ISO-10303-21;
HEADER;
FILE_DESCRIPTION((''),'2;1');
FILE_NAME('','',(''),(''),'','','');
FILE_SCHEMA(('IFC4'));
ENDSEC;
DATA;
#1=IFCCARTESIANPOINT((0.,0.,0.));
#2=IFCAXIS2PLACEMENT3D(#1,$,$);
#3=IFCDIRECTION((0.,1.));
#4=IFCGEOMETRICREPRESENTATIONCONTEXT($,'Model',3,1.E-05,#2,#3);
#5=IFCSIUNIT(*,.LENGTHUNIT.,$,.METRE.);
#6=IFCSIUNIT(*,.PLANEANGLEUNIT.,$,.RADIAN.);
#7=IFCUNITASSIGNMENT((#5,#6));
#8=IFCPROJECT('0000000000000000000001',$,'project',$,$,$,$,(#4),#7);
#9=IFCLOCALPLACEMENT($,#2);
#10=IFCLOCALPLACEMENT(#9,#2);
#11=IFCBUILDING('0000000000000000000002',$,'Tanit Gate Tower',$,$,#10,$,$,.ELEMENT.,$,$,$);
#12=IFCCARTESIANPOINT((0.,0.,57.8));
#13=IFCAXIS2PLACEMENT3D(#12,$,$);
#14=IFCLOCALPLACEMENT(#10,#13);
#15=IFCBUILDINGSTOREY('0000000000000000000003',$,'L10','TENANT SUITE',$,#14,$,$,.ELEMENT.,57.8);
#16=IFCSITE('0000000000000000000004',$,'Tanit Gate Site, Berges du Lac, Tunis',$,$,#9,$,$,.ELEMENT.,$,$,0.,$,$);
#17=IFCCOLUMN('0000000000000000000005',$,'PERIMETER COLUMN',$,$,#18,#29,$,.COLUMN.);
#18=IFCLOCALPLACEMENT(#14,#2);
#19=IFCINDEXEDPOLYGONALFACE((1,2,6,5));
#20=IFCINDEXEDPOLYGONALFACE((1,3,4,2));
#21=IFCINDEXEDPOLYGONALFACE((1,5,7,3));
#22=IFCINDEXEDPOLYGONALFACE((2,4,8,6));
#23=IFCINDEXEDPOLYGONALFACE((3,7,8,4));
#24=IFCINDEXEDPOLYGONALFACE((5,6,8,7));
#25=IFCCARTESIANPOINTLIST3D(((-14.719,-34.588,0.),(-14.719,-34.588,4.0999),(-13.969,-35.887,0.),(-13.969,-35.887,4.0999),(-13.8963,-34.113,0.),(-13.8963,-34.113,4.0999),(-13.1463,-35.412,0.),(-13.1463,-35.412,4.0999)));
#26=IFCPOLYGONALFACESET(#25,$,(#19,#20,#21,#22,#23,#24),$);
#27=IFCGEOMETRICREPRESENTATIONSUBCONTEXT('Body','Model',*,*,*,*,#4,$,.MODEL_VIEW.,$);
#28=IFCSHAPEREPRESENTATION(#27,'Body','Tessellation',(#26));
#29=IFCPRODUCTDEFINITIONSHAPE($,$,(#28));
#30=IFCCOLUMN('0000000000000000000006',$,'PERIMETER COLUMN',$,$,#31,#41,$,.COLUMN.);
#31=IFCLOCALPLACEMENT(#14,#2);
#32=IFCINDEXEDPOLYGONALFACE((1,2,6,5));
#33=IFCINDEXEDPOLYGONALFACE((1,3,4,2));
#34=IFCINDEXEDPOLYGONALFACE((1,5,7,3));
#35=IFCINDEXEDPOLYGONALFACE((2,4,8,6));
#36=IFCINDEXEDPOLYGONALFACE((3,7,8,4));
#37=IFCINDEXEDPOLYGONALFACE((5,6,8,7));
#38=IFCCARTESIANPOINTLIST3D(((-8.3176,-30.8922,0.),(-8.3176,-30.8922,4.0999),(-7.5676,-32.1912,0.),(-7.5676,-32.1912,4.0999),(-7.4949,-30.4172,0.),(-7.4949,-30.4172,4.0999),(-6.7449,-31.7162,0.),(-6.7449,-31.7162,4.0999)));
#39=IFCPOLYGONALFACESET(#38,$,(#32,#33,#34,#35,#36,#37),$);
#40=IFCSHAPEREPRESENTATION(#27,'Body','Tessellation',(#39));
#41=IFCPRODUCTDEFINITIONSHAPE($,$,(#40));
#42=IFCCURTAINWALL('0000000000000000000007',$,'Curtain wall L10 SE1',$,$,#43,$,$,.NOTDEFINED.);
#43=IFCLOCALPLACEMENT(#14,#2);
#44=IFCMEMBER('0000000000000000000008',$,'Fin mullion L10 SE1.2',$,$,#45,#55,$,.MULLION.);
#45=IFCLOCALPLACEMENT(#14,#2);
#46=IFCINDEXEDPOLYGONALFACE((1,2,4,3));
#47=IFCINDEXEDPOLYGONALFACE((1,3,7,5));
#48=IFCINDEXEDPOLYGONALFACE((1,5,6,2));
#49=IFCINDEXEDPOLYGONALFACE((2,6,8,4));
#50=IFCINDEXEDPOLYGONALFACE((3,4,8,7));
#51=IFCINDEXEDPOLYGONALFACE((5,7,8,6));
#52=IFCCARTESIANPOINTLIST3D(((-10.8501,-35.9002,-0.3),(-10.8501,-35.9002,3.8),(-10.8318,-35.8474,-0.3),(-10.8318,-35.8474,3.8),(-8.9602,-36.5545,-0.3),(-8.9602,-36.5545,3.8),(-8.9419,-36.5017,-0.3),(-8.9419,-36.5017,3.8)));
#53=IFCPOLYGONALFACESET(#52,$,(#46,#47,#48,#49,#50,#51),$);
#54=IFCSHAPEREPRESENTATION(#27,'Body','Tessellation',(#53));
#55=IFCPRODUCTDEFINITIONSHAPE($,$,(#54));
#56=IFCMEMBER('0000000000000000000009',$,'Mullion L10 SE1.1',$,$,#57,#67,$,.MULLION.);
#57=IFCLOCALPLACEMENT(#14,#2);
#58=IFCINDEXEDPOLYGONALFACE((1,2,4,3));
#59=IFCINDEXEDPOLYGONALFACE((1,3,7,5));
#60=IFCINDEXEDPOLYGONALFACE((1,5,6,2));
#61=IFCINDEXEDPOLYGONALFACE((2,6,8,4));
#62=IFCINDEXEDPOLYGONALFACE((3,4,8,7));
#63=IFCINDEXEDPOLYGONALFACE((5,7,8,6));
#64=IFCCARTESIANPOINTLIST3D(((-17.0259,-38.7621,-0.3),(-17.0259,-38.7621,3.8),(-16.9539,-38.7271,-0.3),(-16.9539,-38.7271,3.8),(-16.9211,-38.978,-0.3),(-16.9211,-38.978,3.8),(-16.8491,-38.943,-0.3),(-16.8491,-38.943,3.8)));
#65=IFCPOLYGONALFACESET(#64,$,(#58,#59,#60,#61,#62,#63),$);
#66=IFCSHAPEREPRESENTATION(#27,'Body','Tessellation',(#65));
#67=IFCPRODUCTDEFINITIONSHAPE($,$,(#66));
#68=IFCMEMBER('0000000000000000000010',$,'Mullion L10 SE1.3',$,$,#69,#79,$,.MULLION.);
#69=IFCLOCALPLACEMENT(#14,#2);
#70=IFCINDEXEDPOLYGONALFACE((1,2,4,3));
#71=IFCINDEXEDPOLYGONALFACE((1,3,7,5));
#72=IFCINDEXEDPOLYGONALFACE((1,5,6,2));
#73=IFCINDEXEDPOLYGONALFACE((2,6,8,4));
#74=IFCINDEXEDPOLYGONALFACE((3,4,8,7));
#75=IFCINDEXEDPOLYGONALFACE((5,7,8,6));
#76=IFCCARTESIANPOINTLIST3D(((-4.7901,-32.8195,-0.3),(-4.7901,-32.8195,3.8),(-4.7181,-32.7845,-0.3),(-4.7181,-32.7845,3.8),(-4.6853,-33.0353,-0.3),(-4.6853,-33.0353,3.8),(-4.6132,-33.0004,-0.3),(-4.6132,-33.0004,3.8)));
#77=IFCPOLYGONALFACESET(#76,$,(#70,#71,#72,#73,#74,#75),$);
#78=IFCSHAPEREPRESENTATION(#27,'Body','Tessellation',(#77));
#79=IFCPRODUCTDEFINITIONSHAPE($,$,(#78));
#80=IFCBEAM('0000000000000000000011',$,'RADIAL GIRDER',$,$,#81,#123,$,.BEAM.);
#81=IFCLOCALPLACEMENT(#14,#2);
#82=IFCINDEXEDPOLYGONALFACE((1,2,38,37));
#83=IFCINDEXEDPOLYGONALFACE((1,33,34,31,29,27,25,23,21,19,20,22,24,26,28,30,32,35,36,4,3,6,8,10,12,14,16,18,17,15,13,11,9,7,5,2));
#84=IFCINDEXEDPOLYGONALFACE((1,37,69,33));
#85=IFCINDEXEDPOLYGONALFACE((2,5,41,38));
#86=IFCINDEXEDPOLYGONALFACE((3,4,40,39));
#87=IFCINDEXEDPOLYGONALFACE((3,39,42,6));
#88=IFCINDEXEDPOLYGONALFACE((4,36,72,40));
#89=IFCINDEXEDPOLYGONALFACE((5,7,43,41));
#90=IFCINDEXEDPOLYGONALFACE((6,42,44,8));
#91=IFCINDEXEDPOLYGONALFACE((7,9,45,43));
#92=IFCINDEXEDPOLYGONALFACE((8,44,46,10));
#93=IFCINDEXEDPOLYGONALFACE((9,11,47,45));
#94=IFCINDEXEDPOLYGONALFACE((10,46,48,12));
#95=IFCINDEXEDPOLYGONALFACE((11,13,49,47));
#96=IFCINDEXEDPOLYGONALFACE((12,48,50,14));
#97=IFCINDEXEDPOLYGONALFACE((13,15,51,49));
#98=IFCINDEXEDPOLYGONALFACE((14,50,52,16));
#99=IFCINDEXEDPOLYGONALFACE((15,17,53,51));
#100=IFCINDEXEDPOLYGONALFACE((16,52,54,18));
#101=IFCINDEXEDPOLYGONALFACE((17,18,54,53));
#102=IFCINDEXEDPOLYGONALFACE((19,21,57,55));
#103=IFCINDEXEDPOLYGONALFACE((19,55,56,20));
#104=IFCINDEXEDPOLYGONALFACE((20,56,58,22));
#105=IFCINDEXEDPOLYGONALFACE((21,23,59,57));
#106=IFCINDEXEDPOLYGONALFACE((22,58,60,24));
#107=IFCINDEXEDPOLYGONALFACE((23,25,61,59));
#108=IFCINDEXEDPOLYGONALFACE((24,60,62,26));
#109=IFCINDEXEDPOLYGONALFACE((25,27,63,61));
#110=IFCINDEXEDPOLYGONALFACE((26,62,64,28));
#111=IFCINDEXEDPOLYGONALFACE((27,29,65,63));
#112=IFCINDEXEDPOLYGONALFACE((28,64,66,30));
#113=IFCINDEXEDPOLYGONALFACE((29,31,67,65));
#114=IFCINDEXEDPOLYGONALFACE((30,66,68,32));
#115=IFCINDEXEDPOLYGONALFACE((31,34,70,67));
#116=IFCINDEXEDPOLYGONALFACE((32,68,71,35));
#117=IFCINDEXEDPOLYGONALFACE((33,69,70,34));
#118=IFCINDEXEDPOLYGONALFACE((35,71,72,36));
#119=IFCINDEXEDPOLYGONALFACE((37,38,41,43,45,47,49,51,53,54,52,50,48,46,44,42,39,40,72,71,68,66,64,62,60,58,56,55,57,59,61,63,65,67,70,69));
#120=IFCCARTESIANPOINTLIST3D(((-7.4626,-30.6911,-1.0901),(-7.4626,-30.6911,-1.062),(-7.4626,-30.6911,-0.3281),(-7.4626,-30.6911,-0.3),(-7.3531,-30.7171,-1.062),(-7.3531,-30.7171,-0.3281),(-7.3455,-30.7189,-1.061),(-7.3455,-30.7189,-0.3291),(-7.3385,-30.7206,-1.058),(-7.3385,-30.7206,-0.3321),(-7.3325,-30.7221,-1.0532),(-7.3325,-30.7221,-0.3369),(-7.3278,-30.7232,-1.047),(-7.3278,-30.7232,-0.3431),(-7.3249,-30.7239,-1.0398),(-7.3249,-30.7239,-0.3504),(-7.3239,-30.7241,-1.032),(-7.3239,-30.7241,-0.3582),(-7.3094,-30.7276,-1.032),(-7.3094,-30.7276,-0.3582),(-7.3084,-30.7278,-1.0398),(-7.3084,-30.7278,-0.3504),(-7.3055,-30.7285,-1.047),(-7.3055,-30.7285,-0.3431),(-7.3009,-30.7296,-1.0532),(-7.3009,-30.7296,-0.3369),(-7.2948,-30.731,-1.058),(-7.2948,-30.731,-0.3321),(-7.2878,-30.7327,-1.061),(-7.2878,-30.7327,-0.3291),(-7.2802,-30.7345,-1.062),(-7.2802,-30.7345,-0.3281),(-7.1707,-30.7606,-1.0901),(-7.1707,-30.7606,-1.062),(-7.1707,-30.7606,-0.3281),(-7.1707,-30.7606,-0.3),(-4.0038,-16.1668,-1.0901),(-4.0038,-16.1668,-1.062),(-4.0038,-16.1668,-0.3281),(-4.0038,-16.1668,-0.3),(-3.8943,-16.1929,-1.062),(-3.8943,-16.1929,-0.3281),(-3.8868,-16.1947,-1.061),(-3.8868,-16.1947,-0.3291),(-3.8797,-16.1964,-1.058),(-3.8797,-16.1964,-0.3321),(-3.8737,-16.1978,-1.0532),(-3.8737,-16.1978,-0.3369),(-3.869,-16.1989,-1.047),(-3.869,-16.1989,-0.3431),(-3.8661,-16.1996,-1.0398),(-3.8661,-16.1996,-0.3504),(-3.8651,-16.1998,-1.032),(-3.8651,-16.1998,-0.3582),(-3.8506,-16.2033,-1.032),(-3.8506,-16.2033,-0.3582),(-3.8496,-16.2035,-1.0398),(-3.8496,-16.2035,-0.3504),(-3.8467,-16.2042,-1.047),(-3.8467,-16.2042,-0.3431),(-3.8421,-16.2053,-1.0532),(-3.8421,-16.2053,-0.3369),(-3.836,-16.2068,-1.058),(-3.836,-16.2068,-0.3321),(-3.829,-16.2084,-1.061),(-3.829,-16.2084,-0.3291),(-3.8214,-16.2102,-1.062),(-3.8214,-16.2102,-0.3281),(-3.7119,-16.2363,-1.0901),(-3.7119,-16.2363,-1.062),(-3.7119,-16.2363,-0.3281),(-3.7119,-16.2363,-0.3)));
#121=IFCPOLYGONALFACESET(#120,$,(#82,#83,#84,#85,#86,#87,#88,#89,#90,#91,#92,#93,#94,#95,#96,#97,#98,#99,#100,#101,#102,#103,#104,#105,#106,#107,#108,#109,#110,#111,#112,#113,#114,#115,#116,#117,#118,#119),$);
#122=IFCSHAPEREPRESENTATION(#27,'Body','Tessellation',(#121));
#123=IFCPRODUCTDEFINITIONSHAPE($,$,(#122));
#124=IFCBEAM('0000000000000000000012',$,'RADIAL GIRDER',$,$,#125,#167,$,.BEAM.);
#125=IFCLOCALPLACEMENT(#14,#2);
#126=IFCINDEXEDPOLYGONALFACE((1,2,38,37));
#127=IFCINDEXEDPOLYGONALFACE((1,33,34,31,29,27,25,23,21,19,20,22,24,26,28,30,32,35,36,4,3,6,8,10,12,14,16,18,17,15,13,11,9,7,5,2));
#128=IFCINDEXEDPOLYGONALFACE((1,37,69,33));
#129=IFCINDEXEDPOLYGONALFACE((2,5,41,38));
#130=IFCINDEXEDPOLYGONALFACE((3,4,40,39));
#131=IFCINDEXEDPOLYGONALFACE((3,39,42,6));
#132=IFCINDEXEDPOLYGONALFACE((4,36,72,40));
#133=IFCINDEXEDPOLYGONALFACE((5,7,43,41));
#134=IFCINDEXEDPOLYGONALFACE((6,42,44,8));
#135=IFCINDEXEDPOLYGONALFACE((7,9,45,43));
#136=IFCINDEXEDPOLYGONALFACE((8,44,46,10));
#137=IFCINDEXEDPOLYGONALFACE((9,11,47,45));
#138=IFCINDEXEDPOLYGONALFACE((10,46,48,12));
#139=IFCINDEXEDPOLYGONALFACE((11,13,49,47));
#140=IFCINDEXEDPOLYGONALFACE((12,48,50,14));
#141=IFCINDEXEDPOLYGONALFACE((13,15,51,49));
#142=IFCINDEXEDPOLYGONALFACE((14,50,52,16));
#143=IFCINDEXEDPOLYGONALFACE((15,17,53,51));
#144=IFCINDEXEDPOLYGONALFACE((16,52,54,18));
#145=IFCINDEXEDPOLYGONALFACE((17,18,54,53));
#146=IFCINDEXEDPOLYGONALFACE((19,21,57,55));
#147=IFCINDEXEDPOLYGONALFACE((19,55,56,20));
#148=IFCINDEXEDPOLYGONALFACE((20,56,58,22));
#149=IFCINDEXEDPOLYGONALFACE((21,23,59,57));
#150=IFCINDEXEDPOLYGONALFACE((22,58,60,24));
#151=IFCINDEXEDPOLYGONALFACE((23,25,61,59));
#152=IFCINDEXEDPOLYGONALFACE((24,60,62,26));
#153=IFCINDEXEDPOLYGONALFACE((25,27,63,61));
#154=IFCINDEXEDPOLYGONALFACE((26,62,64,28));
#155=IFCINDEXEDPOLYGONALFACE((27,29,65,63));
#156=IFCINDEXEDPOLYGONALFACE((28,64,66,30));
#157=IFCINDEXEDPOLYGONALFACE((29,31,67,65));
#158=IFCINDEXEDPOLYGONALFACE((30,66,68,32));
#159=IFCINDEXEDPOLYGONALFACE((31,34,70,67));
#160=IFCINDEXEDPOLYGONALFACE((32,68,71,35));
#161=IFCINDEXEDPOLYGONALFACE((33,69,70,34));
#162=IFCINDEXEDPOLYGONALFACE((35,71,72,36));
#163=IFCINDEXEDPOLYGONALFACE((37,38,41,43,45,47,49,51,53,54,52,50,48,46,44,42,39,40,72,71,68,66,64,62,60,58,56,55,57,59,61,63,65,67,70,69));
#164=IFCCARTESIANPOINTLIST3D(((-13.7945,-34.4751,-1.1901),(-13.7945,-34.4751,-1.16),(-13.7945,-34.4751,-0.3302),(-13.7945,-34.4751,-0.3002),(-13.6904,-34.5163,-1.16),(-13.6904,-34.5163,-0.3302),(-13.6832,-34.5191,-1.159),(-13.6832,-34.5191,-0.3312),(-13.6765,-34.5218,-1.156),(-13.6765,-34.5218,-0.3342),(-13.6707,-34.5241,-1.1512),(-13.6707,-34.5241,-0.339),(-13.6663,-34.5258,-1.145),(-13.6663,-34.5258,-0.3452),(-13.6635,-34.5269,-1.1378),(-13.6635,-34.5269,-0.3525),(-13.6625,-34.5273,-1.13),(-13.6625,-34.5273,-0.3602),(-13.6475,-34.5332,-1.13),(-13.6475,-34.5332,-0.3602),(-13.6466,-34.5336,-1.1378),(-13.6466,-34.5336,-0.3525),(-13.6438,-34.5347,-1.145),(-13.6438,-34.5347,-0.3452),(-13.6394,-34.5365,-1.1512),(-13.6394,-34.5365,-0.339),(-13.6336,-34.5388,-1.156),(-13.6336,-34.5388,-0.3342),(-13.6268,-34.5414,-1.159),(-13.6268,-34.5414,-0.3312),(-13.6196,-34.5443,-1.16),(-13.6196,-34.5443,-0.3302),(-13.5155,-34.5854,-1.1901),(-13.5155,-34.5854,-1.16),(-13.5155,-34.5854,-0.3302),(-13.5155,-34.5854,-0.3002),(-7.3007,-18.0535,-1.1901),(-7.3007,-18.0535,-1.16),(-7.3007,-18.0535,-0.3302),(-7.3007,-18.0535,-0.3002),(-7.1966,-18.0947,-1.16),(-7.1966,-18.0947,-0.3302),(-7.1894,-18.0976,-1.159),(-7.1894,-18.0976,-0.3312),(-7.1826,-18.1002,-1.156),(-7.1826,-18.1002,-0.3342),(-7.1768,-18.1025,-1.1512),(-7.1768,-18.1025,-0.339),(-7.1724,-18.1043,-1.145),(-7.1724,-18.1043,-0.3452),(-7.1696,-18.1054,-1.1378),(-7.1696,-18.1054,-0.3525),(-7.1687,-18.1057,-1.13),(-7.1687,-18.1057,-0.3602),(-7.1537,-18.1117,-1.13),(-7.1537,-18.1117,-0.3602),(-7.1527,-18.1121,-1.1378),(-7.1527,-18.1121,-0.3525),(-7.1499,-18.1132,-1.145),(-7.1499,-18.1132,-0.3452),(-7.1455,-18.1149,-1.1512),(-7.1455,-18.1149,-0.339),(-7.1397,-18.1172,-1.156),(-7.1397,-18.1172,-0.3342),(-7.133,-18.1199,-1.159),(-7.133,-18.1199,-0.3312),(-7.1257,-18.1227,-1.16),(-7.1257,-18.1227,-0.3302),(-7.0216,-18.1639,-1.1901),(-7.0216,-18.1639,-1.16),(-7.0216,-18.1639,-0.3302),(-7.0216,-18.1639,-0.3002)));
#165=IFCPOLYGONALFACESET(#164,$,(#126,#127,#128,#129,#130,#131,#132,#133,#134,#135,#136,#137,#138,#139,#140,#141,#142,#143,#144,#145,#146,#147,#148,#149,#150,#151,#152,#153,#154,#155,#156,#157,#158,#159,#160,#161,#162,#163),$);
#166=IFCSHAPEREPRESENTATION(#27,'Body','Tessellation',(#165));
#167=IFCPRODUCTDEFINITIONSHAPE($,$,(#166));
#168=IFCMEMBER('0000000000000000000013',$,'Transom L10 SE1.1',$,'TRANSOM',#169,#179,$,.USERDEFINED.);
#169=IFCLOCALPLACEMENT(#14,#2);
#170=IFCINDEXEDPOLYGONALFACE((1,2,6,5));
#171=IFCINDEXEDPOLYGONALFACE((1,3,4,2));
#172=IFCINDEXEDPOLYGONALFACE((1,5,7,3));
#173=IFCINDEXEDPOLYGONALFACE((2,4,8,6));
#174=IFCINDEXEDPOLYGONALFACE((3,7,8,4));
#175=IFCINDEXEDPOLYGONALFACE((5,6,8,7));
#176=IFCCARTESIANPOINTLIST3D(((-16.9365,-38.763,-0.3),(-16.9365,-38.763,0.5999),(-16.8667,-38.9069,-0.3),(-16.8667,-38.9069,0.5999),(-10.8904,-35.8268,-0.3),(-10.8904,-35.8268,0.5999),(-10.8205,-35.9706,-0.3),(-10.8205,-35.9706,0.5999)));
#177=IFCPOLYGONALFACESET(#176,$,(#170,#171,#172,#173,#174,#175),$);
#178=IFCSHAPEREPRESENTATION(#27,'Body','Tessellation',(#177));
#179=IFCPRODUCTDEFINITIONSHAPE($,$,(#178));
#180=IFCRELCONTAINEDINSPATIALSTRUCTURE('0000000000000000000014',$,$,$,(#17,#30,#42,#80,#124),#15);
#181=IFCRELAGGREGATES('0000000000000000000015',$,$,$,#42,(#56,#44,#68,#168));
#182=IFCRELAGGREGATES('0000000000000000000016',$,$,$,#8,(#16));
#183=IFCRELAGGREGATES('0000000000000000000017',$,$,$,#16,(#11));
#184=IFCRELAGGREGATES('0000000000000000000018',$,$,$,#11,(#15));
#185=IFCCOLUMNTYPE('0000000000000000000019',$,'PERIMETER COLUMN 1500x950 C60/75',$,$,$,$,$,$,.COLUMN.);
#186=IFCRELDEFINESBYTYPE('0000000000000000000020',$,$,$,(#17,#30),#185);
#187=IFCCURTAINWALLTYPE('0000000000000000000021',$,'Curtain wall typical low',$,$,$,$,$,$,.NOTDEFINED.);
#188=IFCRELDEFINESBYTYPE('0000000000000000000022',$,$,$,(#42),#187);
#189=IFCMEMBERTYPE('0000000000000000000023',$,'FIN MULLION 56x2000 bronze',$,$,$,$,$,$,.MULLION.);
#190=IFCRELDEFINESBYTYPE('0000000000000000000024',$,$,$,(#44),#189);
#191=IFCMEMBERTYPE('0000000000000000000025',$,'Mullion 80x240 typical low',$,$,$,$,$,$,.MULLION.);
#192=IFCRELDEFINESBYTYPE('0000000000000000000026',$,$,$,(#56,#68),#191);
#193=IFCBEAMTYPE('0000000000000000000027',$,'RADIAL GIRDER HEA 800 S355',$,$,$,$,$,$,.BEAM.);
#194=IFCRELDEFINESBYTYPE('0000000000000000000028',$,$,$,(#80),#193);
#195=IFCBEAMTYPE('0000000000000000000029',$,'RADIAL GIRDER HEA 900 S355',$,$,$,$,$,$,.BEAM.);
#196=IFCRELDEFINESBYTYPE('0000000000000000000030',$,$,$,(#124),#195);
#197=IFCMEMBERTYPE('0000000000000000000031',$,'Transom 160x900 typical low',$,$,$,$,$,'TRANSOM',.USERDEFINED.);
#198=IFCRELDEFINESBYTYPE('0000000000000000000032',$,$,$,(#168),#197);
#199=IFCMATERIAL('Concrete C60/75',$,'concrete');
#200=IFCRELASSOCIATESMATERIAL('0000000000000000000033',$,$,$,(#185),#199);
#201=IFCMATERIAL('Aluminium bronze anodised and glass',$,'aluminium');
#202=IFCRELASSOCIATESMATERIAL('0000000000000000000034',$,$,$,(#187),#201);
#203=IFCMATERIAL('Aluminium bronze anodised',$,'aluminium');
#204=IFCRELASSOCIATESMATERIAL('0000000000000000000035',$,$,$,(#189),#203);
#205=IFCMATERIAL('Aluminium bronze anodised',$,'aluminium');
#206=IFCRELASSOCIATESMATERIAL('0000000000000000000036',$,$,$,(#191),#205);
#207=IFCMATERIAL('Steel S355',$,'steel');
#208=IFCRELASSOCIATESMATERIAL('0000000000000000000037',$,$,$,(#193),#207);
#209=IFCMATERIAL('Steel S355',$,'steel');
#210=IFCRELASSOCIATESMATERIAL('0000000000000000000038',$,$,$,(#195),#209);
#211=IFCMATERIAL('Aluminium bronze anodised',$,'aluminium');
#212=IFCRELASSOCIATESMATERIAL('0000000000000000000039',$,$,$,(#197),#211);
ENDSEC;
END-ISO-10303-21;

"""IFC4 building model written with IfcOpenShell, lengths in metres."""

from ifc_helpers import new_model, si_unit, direction, frame, origin, origin_2d, place, context, subcontext, project, spatial, rectangle, i_section, extrude, material, material_profile, profile_set, type_object, element, aggregate, save


model = new_model("IFC4")

# Units and contexts
model_context = context("Model", 3, precision=1e-05, world=origin(), true_north=direction((0.0, 1.0)))
body_context = subcontext(model_context, "Body", "Model", "MODEL_VIEW")
ifc_project = project(units=[si_unit("LENGTHUNIT", "METRE"), si_unit("PLANEANGLEUNIT", "RADIAN")], contexts=[model_context])

# Site, building, storey
site_placement = place(None, origin())
site = spatial("IfcSite", under=ifc_project, at=site_placement, Name="Tanit Gate Site, Berges du Lac, Tunis", CompositionType="ELEMENT", RefElevation=0.0)
building_placement = place(site_placement, origin())
building = spatial("IfcBuilding", under=site, at=building_placement, Name="Tanit Gate Tower", CompositionType="ELEMENT")
storey_placement = place(building_placement, frame((0.0, 0.0, 57.8)))
storey = spatial("IfcBuildingStorey", under=building, at=storey_placement, Name="L10", Description="TENANT SUITE", CompositionType="ELEMENT", Elevation=57.8)

# Columns
ifc_material_1 = material(Name="Concrete C60/75", Category="concrete")
ifc_material_profile_1 = material_profile(ifc_material_1, rectangle(XDim=1.5, YDim=0.95, at=origin_2d()), Name="RC 1500x950")
ifc_profile_set_1 = profile_set([ifc_material_profile_1], Name="Concrete C60/75")
column_type = type_object("IfcColumnType", Name="PERIMETER COLUMN 1500x950 C60/75", PredefinedType="COLUMN", material=ifc_profile_set_1)
for number, where, z_axis, x_axis, name in (
    (1, (-13.9326, -35.0, 0.0), (0.0, 0.0, 1.0), (0.5, -0.866025, 0.0), "PERIMETER COLUMN"),
    (2, (-7.5312, -31.3042, 0.0), (0.0, 0.0, 1.0), (0.5, -0.866025, 0.0), "PERIMETER COLUMN"),
):
    element("IfcColumn", number, at=place(storey_placement, frame(where, z_axis=z_axis, x_axis=x_axis)), inside=storey, type_object=column_type, Name=name, PredefinedType="COLUMN", context=body_context, shape_type="SweptSolid", body=[
        extrude(rectangle(XDim=1.5, YDim=0.95, at=origin_2d()), origin(), (0.0, 0.0, 1.0), 4.0999),
    ])

# Curtain wall, members
ifc_material_2 = material(Name="Aluminium bronze anodised and glass", Category="aluminium")
curtain_wall_type = type_object("IfcCurtainWallType", Name="Curtain wall typical low", PredefinedType="NOTDEFINED", material=ifc_material_2)
curtain_wall_placement = place(storey_placement, origin())
curtain_wall = element("IfcCurtainWall", 3, at=curtain_wall_placement, inside=storey, type_object=curtain_wall_type, Name="Curtain wall L10 SE1", PredefinedType="NOTDEFINED")
ifc_material_3 = material(Name="Aluminium bronze anodised", Category="aluminium")
ifc_material_profile_2 = material_profile(ifc_material_3, rectangle(XDim=2.0, YDim=0.0559, at=origin_2d()), Name="56x2000 bronze fin mullion")
ifc_profile_set_2 = profile_set([ifc_material_profile_2], Name="Aluminium bronze anodised")
member_type_1 = type_object("IfcMemberType", Name="FIN MULLION 56x2000 bronze", PredefinedType="MULLION", material=ifc_profile_set_2)
member_1_placement = place(storey_placement, frame((-9.896, -36.2009, -0.3), z_axis=(0.0, 0.0, 1.0), x_axis=(-0.944975, 0.327143, 0.0)))
member_1 = element("IfcMember", 4, at=member_1_placement, type_object=member_type_1, Name="Fin mullion L10 SE1.2", PredefinedType="MULLION", context=body_context, shape_type="SweptSolid", body=[
    extrude(rectangle(XDim=2.0, YDim=0.0559, at=origin_2d()), origin(), (0.0, 0.0, 1.0), 4.1001),
])
ifc_material_4 = material(Name="Aluminium bronze anodised", Category="aluminium")
ifc_material_profile_3 = material_profile(ifc_material_4, rectangle(XDim=0.24, YDim=0.0801, at=origin_2d()), Name="80x240 bronze mullion")
ifc_profile_set_3 = profile_set([ifc_material_profile_3], Name="Aluminium bronze anodised")
member_type_2 = type_object("IfcMemberType", Name="Mullion 80x240 typical low", PredefinedType="MULLION", material=ifc_profile_set_3)
member_2_placement = place(storey_placement, frame((-16.9375, -38.8525, -0.3), z_axis=(0.0, 0.0, 1.0), x_axis=(-0.436873, 0.899523, 0.0)))
member_2 = element("IfcMember", 5, at=member_2_placement, type_object=member_type_2, Name="Mullion L10 SE1.1", PredefinedType="MULLION", context=body_context, shape_type="SweptSolid", body=[
    extrude(rectangle(XDim=0.24, YDim=0.0801, at=origin_2d()), origin(), (0.0, 0.0, 1.0), 4.1001),
])
member_3_placement = place(storey_placement, frame((-4.7017, -32.9099, -0.3), z_axis=(0.0, 0.0, 1.0), x_axis=(-0.436873, 0.899523, 0.0)))
member_3 = element("IfcMember", 6, at=member_3_placement, type_object=member_type_2, Name="Mullion L10 SE1.3", PredefinedType="MULLION", context=body_context, shape_type="SweptSolid", body=[
    extrude(rectangle(XDim=0.24, YDim=0.0801, at=origin_2d()), origin(), (0.0, 0.0, 1.0), 4.1001),
])

# Beams
ifc_material_5 = material(Name="Steel S355", Category="steel")
ifc_material_profile_4 = material_profile(ifc_material_5, i_section(OverallWidth=0.3, OverallDepth=0.79, WebThickness=0.0149, FlangeThickness=0.0281, FilletRadius=0.03, at=origin_2d()), Name="HEA 800")
ifc_profile_set_4 = profile_set([ifc_material_profile_4], Name="Steel S355")
beam_type_1 = type_object("IfcBeamType", Name="RADIAL GIRDER HEA 800 S355", PredefinedType="BEAM", material=ifc_profile_set_4)
beam_1_placement = place(storey_placement, frame((-7.3167, -30.7258, -0.6951), z_axis=(0.231659, 0.972797, 0.0), x_axis=(-0.972797, 0.231659, 0.0)))
element("IfcBeam", 7, at=beam_1_placement, inside=storey, type_object=beam_type_1, Name="RADIAL GIRDER", PredefinedType="BEAM", context=body_context, shape_type="SweptSolid", body=[
    extrude(i_section(OverallWidth=0.3, OverallDepth=0.79, WebThickness=0.0149, FlangeThickness=0.0281, FilletRadius=0.03, at=origin_2d()), origin(), (0.0, 0.0, 1.0), 14.9304),
])
ifc_material_6 = material(Name="Steel S355", Category="steel")
ifc_material_profile_5 = material_profile(ifc_material_6, i_section(OverallWidth=0.3, OverallDepth=0.8899, WebThickness=0.0161, FlangeThickness=0.03, FilletRadius=0.03, at=origin_2d()), Name="HEA 900")
ifc_profile_set_5 = profile_set([ifc_material_profile_5], Name="Steel S355")
beam_type_2 = type_object("IfcBeamType", Name="RADIAL GIRDER HEA 900 S355", PredefinedType="BEAM", material=ifc_profile_set_5)
beam_2_placement = place(storey_placement, frame((-13.655, -34.5303, -0.7451), z_axis=(0.367738, 0.929929, 0.0), x_axis=(-0.929929, 0.367738, 0.0)))
element("IfcBeam", 8, at=beam_2_placement, inside=storey, type_object=beam_type_2, Name="RADIAL GIRDER", PredefinedType="BEAM", context=body_context, shape_type="SweptSolid", body=[
    extrude(i_section(OverallWidth=0.3, OverallDepth=0.8899, WebThickness=0.0161, FlangeThickness=0.03, FilletRadius=0.03, at=origin_2d()), origin(), (0.0, 0.0, 1.0), 17.6589),
])

# Member
ifc_material_7 = material(Name="Aluminium bronze anodised", Category="aluminium")
ifc_material_profile_6 = material_profile(ifc_material_7, rectangle(XDim=0.1599, YDim=0.8999, at=origin_2d()), Name="160x900 bronze transom")
ifc_profile_set_6 = profile_set([ifc_material_profile_6], Name="Aluminium bronze anodised")
member_type_3 = type_object("IfcMemberType", Name="Transom 160x900 typical low", ElementType="TRANSOM", PredefinedType="USERDEFINED", material=ifc_profile_set_6)
member_4_placement = place(storey_placement, frame((-16.9016, -38.835, 0.1499), z_axis=(0.899533, 0.436854, 0.0), x_axis=(-0.436854, 0.899533, 0.0)))
member_4 = element("IfcMember", 9, at=member_4_placement, type_object=member_type_3, Name="Transom L10 SE1.1", ObjectType="TRANSOM", PredefinedType="USERDEFINED", context=body_context, shape_type="SweptSolid", body=[
    extrude(rectangle(XDim=0.1599, YDim=0.8999, at=origin_2d()), origin(), (0.0, 0.0, 1.0), 6.7214),
])

aggregate(curtain_wall, [member_2, member_1, member_3, member_4])

save(model, "model.ifc")
